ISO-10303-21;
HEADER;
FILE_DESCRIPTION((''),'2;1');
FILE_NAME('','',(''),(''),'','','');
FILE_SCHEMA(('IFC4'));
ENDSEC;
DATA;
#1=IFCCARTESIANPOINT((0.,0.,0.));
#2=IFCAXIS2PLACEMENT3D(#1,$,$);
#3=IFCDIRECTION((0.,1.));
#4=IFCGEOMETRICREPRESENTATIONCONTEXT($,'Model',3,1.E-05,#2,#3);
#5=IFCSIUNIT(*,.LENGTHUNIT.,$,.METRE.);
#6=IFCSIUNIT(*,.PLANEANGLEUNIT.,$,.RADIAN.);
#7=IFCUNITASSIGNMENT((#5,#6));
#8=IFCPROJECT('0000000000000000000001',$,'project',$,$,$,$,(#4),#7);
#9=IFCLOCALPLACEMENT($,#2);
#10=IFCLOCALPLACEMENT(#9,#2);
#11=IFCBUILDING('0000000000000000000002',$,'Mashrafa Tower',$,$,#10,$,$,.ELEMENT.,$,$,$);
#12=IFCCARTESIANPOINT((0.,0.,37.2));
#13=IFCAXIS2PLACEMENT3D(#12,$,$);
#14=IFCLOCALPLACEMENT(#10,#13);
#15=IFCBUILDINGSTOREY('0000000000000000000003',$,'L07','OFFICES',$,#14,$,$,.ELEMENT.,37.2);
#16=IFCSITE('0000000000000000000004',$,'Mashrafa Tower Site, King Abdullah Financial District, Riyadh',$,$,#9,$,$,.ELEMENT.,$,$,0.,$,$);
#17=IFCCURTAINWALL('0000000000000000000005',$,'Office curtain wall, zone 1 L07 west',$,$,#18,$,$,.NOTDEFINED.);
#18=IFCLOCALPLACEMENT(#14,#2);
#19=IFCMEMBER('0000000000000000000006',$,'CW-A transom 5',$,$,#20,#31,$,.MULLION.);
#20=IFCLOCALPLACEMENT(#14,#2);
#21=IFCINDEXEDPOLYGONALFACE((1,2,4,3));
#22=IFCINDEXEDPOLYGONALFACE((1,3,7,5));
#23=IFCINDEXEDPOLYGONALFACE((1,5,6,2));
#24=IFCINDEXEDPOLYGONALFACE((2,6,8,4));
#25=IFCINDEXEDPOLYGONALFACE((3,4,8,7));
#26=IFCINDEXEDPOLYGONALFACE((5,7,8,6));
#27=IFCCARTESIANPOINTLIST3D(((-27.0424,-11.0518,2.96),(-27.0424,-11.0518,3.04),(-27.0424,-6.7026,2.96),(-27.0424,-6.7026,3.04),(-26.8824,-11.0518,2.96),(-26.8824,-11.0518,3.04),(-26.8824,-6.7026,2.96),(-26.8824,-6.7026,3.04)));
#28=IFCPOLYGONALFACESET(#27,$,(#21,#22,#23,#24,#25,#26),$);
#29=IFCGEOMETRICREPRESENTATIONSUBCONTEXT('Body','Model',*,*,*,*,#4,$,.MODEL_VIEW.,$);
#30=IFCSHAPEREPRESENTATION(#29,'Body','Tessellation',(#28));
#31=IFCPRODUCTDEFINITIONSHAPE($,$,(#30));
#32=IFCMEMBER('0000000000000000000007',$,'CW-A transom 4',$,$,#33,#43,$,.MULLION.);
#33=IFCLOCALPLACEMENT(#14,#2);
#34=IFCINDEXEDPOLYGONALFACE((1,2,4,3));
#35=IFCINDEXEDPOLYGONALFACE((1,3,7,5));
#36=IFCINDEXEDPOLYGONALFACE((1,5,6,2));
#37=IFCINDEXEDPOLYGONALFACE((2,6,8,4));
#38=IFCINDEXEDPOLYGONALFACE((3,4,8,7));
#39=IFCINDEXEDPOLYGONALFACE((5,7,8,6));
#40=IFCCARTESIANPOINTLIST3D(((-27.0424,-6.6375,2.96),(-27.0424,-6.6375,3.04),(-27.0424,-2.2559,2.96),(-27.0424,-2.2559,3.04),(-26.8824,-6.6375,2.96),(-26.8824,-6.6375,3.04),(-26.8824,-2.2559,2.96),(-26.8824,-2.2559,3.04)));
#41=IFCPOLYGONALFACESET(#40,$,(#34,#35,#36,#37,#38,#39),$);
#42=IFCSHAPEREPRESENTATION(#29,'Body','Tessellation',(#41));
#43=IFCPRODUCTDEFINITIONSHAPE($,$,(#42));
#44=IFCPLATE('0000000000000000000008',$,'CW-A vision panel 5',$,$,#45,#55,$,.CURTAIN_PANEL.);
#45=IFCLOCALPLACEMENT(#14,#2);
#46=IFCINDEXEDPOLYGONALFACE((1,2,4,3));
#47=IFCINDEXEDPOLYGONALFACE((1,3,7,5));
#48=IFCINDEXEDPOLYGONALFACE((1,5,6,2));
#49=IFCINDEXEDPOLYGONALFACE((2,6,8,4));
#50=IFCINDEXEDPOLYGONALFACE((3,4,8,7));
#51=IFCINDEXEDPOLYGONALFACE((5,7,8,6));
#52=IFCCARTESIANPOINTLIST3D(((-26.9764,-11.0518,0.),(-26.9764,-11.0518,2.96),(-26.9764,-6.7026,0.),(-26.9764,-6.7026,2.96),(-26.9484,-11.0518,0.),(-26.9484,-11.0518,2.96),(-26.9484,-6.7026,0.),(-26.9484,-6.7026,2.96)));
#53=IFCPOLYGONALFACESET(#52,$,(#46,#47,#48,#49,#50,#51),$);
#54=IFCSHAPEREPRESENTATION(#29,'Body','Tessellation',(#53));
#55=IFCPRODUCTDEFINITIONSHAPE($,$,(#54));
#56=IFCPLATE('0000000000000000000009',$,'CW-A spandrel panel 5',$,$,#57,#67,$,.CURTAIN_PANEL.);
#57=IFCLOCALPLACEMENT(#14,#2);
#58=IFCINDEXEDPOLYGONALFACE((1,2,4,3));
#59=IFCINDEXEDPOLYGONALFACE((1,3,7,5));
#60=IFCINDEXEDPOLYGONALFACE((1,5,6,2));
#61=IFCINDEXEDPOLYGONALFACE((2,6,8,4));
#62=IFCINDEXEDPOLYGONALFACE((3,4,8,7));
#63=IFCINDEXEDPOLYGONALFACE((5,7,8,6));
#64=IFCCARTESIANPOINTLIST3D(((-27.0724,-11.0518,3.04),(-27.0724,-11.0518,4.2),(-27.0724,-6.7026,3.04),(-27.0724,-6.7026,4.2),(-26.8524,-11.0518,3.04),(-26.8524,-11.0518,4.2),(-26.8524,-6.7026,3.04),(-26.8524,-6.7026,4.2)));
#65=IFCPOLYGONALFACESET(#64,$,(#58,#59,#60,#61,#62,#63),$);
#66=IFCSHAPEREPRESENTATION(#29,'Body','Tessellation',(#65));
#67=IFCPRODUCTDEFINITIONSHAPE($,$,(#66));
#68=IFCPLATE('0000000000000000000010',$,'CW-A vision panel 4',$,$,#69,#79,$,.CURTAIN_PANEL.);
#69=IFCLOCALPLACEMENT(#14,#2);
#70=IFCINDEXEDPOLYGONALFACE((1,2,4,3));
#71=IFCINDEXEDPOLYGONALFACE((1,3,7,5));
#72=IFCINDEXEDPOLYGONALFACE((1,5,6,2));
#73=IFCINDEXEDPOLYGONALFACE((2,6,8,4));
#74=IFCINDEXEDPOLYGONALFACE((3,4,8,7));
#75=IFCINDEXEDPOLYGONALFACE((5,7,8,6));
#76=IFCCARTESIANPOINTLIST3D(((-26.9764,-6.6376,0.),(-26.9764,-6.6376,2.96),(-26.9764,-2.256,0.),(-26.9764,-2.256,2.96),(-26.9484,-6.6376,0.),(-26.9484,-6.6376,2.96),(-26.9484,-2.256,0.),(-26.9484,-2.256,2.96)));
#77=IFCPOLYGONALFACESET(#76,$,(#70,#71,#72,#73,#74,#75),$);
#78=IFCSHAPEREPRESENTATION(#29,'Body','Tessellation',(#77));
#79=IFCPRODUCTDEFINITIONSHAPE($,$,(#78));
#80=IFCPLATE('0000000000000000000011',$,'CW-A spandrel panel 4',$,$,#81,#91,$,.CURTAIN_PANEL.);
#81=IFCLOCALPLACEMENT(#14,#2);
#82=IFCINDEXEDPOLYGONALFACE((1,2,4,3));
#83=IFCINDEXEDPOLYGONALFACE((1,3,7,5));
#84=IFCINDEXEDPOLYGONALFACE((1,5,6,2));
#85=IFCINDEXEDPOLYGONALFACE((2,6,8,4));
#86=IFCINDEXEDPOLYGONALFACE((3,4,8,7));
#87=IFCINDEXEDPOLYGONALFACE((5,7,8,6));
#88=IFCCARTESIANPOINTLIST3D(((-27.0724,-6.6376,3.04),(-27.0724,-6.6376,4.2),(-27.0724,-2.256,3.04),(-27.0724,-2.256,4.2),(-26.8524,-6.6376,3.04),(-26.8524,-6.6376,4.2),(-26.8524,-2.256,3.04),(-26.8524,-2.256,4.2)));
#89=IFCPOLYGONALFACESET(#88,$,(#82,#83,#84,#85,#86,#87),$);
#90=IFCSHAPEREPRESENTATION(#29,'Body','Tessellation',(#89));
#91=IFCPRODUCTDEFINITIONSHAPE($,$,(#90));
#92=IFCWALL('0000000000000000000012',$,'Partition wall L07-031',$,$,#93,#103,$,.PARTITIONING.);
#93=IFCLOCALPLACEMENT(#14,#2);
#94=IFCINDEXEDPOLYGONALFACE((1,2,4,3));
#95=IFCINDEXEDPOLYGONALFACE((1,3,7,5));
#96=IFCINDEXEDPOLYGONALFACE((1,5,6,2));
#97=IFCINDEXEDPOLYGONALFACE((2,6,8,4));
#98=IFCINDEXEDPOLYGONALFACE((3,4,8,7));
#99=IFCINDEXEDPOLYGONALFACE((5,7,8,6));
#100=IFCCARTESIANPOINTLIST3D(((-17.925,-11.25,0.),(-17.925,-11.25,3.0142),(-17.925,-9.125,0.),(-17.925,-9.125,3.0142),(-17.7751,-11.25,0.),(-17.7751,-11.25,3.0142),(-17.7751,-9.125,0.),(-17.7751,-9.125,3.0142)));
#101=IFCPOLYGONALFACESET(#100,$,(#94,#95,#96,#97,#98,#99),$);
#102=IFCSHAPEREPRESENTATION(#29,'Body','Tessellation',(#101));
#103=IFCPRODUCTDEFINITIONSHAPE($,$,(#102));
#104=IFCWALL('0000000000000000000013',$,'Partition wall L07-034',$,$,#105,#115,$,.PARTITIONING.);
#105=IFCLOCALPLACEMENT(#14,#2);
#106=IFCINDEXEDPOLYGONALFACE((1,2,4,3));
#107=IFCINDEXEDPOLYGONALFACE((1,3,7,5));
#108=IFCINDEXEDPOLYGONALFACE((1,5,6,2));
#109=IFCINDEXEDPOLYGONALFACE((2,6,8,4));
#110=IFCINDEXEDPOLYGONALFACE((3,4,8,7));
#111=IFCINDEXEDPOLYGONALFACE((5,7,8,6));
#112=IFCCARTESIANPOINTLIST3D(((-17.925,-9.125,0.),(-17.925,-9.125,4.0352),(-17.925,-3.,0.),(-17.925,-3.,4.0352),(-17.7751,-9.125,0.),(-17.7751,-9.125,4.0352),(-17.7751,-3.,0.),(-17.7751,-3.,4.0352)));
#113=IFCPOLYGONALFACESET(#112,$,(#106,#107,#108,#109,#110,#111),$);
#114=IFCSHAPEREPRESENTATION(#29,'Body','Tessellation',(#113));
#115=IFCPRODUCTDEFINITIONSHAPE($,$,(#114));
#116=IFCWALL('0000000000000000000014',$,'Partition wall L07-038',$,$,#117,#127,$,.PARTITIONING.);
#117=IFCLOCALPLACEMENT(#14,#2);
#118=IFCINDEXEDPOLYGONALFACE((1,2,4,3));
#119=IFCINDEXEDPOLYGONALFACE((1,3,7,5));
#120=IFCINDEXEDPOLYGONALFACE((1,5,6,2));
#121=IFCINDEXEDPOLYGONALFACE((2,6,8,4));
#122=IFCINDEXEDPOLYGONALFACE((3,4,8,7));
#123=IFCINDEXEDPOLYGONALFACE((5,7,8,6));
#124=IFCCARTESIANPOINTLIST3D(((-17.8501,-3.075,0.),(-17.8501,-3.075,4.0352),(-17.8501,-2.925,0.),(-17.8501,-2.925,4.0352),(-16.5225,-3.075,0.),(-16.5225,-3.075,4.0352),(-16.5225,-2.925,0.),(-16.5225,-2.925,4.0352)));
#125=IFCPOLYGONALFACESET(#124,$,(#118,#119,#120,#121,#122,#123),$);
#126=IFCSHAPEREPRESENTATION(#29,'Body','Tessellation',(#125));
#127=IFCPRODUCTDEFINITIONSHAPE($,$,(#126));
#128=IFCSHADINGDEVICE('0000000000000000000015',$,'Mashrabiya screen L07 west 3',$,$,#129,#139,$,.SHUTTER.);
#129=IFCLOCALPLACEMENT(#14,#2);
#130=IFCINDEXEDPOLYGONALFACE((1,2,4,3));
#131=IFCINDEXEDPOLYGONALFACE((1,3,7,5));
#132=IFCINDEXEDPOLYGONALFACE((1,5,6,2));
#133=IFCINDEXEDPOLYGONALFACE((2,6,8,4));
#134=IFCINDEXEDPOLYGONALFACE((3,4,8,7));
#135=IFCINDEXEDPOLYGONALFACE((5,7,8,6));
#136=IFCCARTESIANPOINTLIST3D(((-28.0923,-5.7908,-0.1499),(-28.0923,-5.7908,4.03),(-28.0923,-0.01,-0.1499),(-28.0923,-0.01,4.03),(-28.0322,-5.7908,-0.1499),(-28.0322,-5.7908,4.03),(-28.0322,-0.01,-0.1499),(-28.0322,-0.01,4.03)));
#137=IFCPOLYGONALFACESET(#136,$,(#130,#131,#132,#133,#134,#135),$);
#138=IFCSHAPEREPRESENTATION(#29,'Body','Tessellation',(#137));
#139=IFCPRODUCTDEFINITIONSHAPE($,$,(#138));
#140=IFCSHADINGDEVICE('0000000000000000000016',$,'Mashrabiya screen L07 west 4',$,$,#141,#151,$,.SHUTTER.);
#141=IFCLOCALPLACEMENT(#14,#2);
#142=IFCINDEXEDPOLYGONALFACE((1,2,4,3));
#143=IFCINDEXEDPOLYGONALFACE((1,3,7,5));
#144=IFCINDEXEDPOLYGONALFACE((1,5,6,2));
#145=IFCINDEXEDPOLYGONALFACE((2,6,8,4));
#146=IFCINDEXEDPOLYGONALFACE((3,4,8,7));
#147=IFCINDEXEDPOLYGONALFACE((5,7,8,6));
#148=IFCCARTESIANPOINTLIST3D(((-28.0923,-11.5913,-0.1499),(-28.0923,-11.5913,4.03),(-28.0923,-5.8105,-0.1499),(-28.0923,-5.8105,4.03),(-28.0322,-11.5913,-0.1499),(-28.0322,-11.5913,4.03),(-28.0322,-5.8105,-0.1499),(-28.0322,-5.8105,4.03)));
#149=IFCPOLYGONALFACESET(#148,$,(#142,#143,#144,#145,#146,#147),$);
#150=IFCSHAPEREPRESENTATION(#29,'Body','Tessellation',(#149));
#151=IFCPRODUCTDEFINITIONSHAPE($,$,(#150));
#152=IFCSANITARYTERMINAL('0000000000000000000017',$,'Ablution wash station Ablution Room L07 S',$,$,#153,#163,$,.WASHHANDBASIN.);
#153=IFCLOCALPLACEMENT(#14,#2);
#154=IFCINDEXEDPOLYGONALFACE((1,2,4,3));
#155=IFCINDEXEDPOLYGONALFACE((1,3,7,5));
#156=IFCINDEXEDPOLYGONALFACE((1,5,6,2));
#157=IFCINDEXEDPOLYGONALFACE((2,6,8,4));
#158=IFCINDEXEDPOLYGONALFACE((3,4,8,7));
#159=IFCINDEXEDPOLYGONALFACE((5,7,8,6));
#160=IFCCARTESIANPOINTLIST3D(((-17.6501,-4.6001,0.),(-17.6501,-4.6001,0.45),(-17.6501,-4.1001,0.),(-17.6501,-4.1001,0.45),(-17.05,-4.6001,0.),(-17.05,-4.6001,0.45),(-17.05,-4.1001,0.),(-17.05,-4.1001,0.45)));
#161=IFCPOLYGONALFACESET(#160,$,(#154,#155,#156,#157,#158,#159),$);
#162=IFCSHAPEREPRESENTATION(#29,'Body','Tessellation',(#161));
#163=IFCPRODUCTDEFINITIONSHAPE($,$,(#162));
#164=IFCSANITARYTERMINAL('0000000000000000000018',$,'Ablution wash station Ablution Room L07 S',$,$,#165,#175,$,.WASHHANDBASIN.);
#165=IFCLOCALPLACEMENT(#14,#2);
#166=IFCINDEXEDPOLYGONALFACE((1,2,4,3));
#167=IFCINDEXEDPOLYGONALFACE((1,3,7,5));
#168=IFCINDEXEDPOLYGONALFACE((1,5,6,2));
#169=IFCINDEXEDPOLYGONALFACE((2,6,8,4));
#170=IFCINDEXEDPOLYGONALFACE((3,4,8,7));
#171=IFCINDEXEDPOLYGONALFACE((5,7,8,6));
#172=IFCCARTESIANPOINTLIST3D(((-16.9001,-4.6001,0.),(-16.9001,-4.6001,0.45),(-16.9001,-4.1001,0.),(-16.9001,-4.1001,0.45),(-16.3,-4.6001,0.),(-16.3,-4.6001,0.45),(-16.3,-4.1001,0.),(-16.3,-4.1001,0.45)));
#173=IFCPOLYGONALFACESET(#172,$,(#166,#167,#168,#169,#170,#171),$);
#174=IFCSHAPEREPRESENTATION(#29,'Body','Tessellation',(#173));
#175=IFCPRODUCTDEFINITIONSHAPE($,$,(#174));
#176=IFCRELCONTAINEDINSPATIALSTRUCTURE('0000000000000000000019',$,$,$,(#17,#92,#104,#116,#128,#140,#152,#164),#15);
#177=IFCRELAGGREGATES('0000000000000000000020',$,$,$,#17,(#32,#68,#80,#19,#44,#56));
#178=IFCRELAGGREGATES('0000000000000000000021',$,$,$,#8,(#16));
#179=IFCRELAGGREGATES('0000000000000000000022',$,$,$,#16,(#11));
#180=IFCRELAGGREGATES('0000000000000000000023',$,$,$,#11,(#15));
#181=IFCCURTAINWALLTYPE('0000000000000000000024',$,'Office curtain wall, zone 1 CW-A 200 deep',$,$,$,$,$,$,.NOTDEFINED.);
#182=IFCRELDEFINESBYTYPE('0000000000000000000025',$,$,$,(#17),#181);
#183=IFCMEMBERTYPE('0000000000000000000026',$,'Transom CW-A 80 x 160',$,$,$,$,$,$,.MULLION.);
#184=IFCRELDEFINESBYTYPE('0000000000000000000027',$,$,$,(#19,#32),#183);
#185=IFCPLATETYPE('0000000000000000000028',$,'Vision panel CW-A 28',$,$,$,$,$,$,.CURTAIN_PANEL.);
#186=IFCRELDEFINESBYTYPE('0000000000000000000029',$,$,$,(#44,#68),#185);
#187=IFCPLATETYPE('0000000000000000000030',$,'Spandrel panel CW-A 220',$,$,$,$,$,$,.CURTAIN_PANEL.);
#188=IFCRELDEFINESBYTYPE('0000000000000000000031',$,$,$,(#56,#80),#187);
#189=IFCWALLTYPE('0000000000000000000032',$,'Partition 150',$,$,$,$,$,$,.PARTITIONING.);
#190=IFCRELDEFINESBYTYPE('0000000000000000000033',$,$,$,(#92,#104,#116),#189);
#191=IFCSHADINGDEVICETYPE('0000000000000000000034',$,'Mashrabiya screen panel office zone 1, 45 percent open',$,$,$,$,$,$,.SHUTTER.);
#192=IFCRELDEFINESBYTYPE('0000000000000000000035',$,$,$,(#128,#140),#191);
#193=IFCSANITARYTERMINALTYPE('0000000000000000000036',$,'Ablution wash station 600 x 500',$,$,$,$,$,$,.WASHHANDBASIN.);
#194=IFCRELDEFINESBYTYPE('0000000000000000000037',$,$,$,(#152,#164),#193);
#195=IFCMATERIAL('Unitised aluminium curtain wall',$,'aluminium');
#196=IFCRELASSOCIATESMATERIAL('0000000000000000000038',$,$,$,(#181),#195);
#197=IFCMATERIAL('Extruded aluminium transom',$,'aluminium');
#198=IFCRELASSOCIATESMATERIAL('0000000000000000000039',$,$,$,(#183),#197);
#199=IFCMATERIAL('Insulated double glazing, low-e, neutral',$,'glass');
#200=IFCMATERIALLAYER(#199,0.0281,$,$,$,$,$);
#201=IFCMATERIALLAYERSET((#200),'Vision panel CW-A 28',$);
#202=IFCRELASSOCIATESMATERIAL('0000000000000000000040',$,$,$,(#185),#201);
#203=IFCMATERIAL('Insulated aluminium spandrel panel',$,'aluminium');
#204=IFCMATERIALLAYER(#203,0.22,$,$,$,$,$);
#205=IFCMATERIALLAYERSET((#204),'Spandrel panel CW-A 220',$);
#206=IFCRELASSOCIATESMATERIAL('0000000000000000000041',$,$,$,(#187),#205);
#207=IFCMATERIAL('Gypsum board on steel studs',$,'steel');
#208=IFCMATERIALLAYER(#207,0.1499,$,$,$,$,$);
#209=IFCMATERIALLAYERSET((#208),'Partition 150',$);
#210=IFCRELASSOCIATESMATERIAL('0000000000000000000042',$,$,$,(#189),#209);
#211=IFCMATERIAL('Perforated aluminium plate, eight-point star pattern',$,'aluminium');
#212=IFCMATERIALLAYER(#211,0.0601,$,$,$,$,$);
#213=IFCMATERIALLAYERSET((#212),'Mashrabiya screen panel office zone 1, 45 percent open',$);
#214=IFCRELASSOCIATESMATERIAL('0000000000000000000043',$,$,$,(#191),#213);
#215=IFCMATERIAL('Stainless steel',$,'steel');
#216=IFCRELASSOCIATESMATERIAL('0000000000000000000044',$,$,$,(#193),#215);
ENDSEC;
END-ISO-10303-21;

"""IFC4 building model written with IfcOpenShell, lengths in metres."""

from ifc_helpers import new_model, si_unit, direction, frame, frame_2d, origin, origin_2d, place, context, subcontext, project, spatial, rectangle, extrude, source, transform, mapped, material, layer, layer_set, material_profile, profile_set, type_object, type_shapes, element, aggregate, save


model = new_model("IFC4")

# Units and contexts
model_context = context("Model", 3, precision=1e-05, world=origin(), true_north=direction((0.0, 1.0)))
body_context = subcontext(model_context, "Body", "Model", "MODEL_VIEW")
ifc_project = project(units=[si_unit("LENGTHUNIT", "METRE"), si_unit("PLANEANGLEUNIT", "RADIAN")], contexts=[model_context])

# Site, building, storey
site_placement = place(None, origin())
site = spatial("IfcSite", under=ifc_project, at=site_placement, Name="Mashrafa Tower Site, King Abdullah Financial District, Riyadh", CompositionType="ELEMENT", RefElevation=0.0)
building_placement = place(site_placement, origin())
building = spatial("IfcBuilding", under=site, at=building_placement, Name="Mashrafa Tower", CompositionType="ELEMENT")
storey_placement = place(building_placement, frame((0.0, 0.0, 37.2)))
storey = spatial("IfcBuildingStorey", under=building, at=storey_placement, Name="L07", Description="OFFICES", CompositionType="ELEMENT", Elevation=37.2)

# Curtain wall, members, plates
ifc_material_1 = material(Name="Unitised aluminium curtain wall", Category="aluminium")
curtain_wall_type = type_object("IfcCurtainWallType", Name="Office curtain wall, zone 1 CW-A 200 deep", PredefinedType="NOTDEFINED", material=ifc_material_1)
curtain_wall_placement = place(storey_placement, origin())
curtain_wall = element("IfcCurtainWall", 1, at=curtain_wall_placement, inside=storey, type_object=curtain_wall_type, Name="Office curtain wall, zone 1 L07 west", PredefinedType="NOTDEFINED")
ifc_material_2 = material(Name="Extruded aluminium transom", Category="aluminium")
ifc_material_profile_1 = material_profile(ifc_material_2, rectangle(XDim=0.1599, YDim=0.0801, at=origin_2d()), Name="Transom 80x160")
ifc_profile_set_1 = profile_set([ifc_material_profile_1], Name="Extruded aluminium transom")
member_type_1 = type_object("IfcMemberType", Name="Transom CW-A 80 x 160", PredefinedType="MULLION", material=ifc_profile_set_1)
shared_shape_1 = source(origin(), body_context, "Body", "SweptSolid", [
    extrude(rectangle(XDim=0.1599, YDim=0.0801, at=origin_2d()), origin(), (0.0, 0.0, 1.0), 4.3491),
])
member_1_placement = place(storey_placement, frame((-26.9624, -6.7026, 3.0), z_axis=(0.0, -1.0, 0.0), x_axis=(1.0, 0.0, 0.0)))
member_1 = element("IfcMember", 2, at=member_1_placement, type_object=member_type_1, Name="CW-A transom 5", PredefinedType="MULLION", context=body_context, shape_type="MappedRepresentation", body=[
    mapped(shared_shape_1, transform((0.0, 0.0, 0.0))),
])
shared_shape_2 = source(origin(), body_context, "Body", "SweptSolid", [
    extrude(rectangle(XDim=0.1599, YDim=0.0801, at=origin_2d()), origin(), (0.0, 0.0, 1.0), 4.3816),
])
type_shapes(member_type_1, [shared_shape_1, shared_shape_2])
member_2_placement = place(storey_placement, frame((-26.9624, -2.2559, 3.0), z_axis=(0.0, -1.0, 0.0), x_axis=(1.0, 0.0, 0.0)))
member_2 = element("IfcMember", 3, at=member_2_placement, type_object=member_type_1, Name="CW-A transom 4", PredefinedType="MULLION", context=body_context, shape_type="MappedRepresentation", body=[
    mapped(shared_shape_2, transform((0.0, 0.0, 0.0))),
])
ifc_material_3 = material(Name="Insulated double glazing, low-e, neutral", Category="glass")
ifc_layer_1 = layer(ifc_material_3, 0.0281)
ifc_layer_set_1 = layer_set([ifc_layer_1], Name="Vision panel CW-A 28")
plate_type_1 = type_object("IfcPlateType", Name="Vision panel CW-A 28", PredefinedType="CURTAIN_PANEL", material=ifc_layer_set_1)
shared_shape_3 = source(origin(), body_context, "Body", "SweptSolid", [
    extrude(rectangle(XDim=4.3491, YDim=0.0281, at=origin_2d()), origin(), (0.0, 0.0, 1.0), 2.96),
])
plate_1_placement = place(storey_placement, frame((-26.9624, -8.8772, 0.0), z_axis=(0.0, 0.0, 1.0), x_axis=(0.0, -1.0, 0.0)))
plate_1 = element("IfcPlate", 4, at=plate_1_placement, type_object=plate_type_1, Name="CW-A vision panel 5", PredefinedType="CURTAIN_PANEL", context=body_context, shape_type="MappedRepresentation", body=[
    mapped(shared_shape_3, transform((0.0, 0.0, 0.0))),
])
ifc_material_4 = material(Name="Insulated aluminium spandrel panel", Category="aluminium")
ifc_layer_2 = layer(ifc_material_4, 0.22)
ifc_layer_set_2 = layer_set([ifc_layer_2], Name="Spandrel panel CW-A 220")
plate_type_2 = type_object("IfcPlateType", Name="Spandrel panel CW-A 220", PredefinedType="CURTAIN_PANEL", material=ifc_layer_set_2)
shared_shape_4 = source(origin(), body_context, "Body", "SweptSolid", [
    extrude(rectangle(XDim=4.3491, YDim=0.22, at=origin_2d()), origin(), (0.0, 0.0, 1.0), 1.1599),
])
plate_2_placement = place(storey_placement, frame((-26.9624, -8.8772, 3.04), z_axis=(0.0, 0.0, 1.0), x_axis=(0.0, -1.0, 0.0)))
plate_2 = element("IfcPlate", 5, at=plate_2_placement, type_object=plate_type_2, Name="CW-A spandrel panel 5", PredefinedType="CURTAIN_PANEL", context=body_context, shape_type="MappedRepresentation", body=[
    mapped(shared_shape_4, transform((0.0, 0.0, 0.0))),
])
shared_shape_5 = source(origin(), body_context, "Body", "SweptSolid", [
    extrude(rectangle(XDim=4.3816, YDim=0.0281, at=origin_2d()), origin(), (0.0, 0.0, 1.0), 2.96),
])
type_shapes(plate_type_1, [shared_shape_3, shared_shape_5])
plate_3_placement = place(storey_placement, frame((-26.9624, -4.4468, 0.0), z_axis=(0.0, 0.0, 1.0), x_axis=(0.0, -1.0, 0.0)))
plate_3 = element("IfcPlate", 6, at=plate_3_placement, type_object=plate_type_1, Name="CW-A vision panel 4", PredefinedType="CURTAIN_PANEL", context=body_context, shape_type="MappedRepresentation", body=[
    mapped(shared_shape_5, transform((0.0, 0.0, 0.0))),
])
shared_shape_6 = source(origin(), body_context, "Body", "SweptSolid", [
    extrude(rectangle(XDim=4.3816, YDim=0.22, at=origin_2d()), origin(), (0.0, 0.0, 1.0), 1.1599),
])
type_shapes(plate_type_2, [shared_shape_4, shared_shape_6])
plate_4_placement = place(storey_placement, frame((-26.9624, -4.4468, 3.04), z_axis=(0.0, 0.0, 1.0), x_axis=(0.0, -1.0, 0.0)))
plate_4 = element("IfcPlate", 7, at=plate_4_placement, type_object=plate_type_2, Name="CW-A spandrel panel 4", PredefinedType="CURTAIN_PANEL", context=body_context, shape_type="MappedRepresentation", body=[
    mapped(shared_shape_6, transform((0.0, 0.0, 0.0))),
])
aggregate(curtain_wall, [member_2, plate_3, plate_4, member_1, plate_1, plate_2])

# Walls
ifc_material_5 = material(Name="Gypsum board on steel studs", Category="steel")
ifc_layer_3 = layer(ifc_material_5, 0.1499)
ifc_layer_set_3 = layer_set([ifc_layer_3], Name="Partition 150")
wall_type = type_object("IfcWallType", Name="Partition 150", PredefinedType="PARTITIONING", material=ifc_layer_set_3)
wall_1_placement = place(storey_placement, frame((-17.8501, -9.125, 0.0), z_axis=(0.0, 0.0, 1.0), x_axis=(0.0, -1.0, 0.0)))
element("IfcWall", 8, at=wall_1_placement, inside=storey, type_object=wall_type, Name="Partition wall L07-031", PredefinedType="PARTITIONING", context=body_context, shape_type="SweptSolid", body=[
    extrude(rectangle(XDim=2.125, YDim=0.1499, at=frame_2d((1.0625, 0.0))), origin(), (0.0, 0.0, 1.0), 3.0142),
])
wall_2_placement = place(storey_placement, frame((-17.8501, -9.125, 0.0), z_axis=(0.0, 0.0, 1.0), x_axis=(0.0, 1.0, 0.0)))
element("IfcWall", 9, at=wall_2_placement, inside=storey, type_object=wall_type, Name="Partition wall L07-034", PredefinedType="PARTITIONING", context=body_context, shape_type="SweptSolid", body=[
    extrude(rectangle(XDim=6.125, YDim=0.1499, at=frame_2d((3.0625, 0.0))), origin(), (0.0, 0.0, 1.0), 4.0352),
])
wall_3_placement = place(storey_placement, frame((-16.5225, -3.0, 0.0), z_axis=(0.0, 0.0, 1.0), x_axis=(-1.0, 0.0, 0.0)))
element("IfcWall", 10, at=wall_3_placement, inside=storey, type_object=wall_type, Name="Partition wall L07-038", PredefinedType="PARTITIONING", context=body_context, shape_type="SweptSolid", body=[
    extrude(rectangle(XDim=1.3276, YDim=0.1499, at=frame_2d((0.6638, 0.0))), origin(), (0.0, 0.0, 1.0), 4.0352),
])

# Shading devices
ifc_material_6 = material(Name="Perforated aluminium plate, eight-point star pattern", Category="aluminium")
ifc_layer_4 = layer(ifc_material_6, 0.0601)
ifc_layer_set_4 = layer_set([ifc_layer_4], Name="Mashrabiya screen panel office zone 1, 45 percent open")
shading_device_type = type_object("IfcShadingDeviceType", Name="Mashrabiya screen panel office zone 1, 45 percent open", PredefinedType="SHUTTER", material=ifc_layer_set_4)
shared_shape_7 = source(origin(), body_context, "Body", "SweptSolid", [
    extrude(rectangle(XDim=5.7808, YDim=0.0601, at=origin_2d()), origin(), (0.0, 0.0, 1.0), 4.1799),
])
type_shapes(shading_device_type, [shared_shape_7])
for number, where, z_axis, x_axis, name in (
    (11, (-28.0623, -2.9004, -0.1499), (0.0, 0.0, 1.0), (0.0, -1.0, 0.0), "Mashrabiya screen L07 west 3"),
    (12, (-28.0623, -8.7009, -0.1499), (0.0, 0.0, 1.0), (0.0, -1.0, 0.0), "Mashrabiya screen L07 west 4"),
):
    element("IfcShadingDevice", number, at=place(storey_placement, frame(where, z_axis=z_axis, x_axis=x_axis)), inside=storey, type_object=shading_device_type, Name=name, PredefinedType="SHUTTER", context=body_context, shape_type="MappedRepresentation", body=[
        mapped(shared_shape_7, transform((0.0, 0.0, 0.0))),
    ])

# Sanitary terminals
ifc_material_7 = material(Name="Stainless steel", Category="steel")
sanitary_terminal_type_1 = type_object("IfcSanitaryTerminalType", Name="Ablution wash station 600 x 500", PredefinedType="WASHHANDBASIN", material=ifc_material_7)
for number, where, z_axis, x_axis, name in (
    (13, (-17.3501, -4.3501, 0.0), (0.0, 0.0, 1.0), (1.0, 0.0, 0.0), "Ablution wash station Ablution Room L07 S"),
    (14, (-16.6001, -4.3501, 0.0), (0.0, 0.0, 1.0), (1.0, 0.0, 0.0), "Ablution wash station Ablution Room L07 S"),
):
    element("IfcSanitaryTerminal", number, at=place(storey_placement, frame(where, z_axis=z_axis, x_axis=x_axis)), inside=storey, type_object=sanitary_terminal_type_1, Name=name, PredefinedType="WASHHANDBASIN", context=body_context, shape_type="SweptSolid", body=[
        extrude(rectangle(XDim=0.6001, YDim=0.5, at=origin_2d()), origin(), (0.0, 0.0, 1.0), 0.45),
    ])

save(model, "model.ifc")
